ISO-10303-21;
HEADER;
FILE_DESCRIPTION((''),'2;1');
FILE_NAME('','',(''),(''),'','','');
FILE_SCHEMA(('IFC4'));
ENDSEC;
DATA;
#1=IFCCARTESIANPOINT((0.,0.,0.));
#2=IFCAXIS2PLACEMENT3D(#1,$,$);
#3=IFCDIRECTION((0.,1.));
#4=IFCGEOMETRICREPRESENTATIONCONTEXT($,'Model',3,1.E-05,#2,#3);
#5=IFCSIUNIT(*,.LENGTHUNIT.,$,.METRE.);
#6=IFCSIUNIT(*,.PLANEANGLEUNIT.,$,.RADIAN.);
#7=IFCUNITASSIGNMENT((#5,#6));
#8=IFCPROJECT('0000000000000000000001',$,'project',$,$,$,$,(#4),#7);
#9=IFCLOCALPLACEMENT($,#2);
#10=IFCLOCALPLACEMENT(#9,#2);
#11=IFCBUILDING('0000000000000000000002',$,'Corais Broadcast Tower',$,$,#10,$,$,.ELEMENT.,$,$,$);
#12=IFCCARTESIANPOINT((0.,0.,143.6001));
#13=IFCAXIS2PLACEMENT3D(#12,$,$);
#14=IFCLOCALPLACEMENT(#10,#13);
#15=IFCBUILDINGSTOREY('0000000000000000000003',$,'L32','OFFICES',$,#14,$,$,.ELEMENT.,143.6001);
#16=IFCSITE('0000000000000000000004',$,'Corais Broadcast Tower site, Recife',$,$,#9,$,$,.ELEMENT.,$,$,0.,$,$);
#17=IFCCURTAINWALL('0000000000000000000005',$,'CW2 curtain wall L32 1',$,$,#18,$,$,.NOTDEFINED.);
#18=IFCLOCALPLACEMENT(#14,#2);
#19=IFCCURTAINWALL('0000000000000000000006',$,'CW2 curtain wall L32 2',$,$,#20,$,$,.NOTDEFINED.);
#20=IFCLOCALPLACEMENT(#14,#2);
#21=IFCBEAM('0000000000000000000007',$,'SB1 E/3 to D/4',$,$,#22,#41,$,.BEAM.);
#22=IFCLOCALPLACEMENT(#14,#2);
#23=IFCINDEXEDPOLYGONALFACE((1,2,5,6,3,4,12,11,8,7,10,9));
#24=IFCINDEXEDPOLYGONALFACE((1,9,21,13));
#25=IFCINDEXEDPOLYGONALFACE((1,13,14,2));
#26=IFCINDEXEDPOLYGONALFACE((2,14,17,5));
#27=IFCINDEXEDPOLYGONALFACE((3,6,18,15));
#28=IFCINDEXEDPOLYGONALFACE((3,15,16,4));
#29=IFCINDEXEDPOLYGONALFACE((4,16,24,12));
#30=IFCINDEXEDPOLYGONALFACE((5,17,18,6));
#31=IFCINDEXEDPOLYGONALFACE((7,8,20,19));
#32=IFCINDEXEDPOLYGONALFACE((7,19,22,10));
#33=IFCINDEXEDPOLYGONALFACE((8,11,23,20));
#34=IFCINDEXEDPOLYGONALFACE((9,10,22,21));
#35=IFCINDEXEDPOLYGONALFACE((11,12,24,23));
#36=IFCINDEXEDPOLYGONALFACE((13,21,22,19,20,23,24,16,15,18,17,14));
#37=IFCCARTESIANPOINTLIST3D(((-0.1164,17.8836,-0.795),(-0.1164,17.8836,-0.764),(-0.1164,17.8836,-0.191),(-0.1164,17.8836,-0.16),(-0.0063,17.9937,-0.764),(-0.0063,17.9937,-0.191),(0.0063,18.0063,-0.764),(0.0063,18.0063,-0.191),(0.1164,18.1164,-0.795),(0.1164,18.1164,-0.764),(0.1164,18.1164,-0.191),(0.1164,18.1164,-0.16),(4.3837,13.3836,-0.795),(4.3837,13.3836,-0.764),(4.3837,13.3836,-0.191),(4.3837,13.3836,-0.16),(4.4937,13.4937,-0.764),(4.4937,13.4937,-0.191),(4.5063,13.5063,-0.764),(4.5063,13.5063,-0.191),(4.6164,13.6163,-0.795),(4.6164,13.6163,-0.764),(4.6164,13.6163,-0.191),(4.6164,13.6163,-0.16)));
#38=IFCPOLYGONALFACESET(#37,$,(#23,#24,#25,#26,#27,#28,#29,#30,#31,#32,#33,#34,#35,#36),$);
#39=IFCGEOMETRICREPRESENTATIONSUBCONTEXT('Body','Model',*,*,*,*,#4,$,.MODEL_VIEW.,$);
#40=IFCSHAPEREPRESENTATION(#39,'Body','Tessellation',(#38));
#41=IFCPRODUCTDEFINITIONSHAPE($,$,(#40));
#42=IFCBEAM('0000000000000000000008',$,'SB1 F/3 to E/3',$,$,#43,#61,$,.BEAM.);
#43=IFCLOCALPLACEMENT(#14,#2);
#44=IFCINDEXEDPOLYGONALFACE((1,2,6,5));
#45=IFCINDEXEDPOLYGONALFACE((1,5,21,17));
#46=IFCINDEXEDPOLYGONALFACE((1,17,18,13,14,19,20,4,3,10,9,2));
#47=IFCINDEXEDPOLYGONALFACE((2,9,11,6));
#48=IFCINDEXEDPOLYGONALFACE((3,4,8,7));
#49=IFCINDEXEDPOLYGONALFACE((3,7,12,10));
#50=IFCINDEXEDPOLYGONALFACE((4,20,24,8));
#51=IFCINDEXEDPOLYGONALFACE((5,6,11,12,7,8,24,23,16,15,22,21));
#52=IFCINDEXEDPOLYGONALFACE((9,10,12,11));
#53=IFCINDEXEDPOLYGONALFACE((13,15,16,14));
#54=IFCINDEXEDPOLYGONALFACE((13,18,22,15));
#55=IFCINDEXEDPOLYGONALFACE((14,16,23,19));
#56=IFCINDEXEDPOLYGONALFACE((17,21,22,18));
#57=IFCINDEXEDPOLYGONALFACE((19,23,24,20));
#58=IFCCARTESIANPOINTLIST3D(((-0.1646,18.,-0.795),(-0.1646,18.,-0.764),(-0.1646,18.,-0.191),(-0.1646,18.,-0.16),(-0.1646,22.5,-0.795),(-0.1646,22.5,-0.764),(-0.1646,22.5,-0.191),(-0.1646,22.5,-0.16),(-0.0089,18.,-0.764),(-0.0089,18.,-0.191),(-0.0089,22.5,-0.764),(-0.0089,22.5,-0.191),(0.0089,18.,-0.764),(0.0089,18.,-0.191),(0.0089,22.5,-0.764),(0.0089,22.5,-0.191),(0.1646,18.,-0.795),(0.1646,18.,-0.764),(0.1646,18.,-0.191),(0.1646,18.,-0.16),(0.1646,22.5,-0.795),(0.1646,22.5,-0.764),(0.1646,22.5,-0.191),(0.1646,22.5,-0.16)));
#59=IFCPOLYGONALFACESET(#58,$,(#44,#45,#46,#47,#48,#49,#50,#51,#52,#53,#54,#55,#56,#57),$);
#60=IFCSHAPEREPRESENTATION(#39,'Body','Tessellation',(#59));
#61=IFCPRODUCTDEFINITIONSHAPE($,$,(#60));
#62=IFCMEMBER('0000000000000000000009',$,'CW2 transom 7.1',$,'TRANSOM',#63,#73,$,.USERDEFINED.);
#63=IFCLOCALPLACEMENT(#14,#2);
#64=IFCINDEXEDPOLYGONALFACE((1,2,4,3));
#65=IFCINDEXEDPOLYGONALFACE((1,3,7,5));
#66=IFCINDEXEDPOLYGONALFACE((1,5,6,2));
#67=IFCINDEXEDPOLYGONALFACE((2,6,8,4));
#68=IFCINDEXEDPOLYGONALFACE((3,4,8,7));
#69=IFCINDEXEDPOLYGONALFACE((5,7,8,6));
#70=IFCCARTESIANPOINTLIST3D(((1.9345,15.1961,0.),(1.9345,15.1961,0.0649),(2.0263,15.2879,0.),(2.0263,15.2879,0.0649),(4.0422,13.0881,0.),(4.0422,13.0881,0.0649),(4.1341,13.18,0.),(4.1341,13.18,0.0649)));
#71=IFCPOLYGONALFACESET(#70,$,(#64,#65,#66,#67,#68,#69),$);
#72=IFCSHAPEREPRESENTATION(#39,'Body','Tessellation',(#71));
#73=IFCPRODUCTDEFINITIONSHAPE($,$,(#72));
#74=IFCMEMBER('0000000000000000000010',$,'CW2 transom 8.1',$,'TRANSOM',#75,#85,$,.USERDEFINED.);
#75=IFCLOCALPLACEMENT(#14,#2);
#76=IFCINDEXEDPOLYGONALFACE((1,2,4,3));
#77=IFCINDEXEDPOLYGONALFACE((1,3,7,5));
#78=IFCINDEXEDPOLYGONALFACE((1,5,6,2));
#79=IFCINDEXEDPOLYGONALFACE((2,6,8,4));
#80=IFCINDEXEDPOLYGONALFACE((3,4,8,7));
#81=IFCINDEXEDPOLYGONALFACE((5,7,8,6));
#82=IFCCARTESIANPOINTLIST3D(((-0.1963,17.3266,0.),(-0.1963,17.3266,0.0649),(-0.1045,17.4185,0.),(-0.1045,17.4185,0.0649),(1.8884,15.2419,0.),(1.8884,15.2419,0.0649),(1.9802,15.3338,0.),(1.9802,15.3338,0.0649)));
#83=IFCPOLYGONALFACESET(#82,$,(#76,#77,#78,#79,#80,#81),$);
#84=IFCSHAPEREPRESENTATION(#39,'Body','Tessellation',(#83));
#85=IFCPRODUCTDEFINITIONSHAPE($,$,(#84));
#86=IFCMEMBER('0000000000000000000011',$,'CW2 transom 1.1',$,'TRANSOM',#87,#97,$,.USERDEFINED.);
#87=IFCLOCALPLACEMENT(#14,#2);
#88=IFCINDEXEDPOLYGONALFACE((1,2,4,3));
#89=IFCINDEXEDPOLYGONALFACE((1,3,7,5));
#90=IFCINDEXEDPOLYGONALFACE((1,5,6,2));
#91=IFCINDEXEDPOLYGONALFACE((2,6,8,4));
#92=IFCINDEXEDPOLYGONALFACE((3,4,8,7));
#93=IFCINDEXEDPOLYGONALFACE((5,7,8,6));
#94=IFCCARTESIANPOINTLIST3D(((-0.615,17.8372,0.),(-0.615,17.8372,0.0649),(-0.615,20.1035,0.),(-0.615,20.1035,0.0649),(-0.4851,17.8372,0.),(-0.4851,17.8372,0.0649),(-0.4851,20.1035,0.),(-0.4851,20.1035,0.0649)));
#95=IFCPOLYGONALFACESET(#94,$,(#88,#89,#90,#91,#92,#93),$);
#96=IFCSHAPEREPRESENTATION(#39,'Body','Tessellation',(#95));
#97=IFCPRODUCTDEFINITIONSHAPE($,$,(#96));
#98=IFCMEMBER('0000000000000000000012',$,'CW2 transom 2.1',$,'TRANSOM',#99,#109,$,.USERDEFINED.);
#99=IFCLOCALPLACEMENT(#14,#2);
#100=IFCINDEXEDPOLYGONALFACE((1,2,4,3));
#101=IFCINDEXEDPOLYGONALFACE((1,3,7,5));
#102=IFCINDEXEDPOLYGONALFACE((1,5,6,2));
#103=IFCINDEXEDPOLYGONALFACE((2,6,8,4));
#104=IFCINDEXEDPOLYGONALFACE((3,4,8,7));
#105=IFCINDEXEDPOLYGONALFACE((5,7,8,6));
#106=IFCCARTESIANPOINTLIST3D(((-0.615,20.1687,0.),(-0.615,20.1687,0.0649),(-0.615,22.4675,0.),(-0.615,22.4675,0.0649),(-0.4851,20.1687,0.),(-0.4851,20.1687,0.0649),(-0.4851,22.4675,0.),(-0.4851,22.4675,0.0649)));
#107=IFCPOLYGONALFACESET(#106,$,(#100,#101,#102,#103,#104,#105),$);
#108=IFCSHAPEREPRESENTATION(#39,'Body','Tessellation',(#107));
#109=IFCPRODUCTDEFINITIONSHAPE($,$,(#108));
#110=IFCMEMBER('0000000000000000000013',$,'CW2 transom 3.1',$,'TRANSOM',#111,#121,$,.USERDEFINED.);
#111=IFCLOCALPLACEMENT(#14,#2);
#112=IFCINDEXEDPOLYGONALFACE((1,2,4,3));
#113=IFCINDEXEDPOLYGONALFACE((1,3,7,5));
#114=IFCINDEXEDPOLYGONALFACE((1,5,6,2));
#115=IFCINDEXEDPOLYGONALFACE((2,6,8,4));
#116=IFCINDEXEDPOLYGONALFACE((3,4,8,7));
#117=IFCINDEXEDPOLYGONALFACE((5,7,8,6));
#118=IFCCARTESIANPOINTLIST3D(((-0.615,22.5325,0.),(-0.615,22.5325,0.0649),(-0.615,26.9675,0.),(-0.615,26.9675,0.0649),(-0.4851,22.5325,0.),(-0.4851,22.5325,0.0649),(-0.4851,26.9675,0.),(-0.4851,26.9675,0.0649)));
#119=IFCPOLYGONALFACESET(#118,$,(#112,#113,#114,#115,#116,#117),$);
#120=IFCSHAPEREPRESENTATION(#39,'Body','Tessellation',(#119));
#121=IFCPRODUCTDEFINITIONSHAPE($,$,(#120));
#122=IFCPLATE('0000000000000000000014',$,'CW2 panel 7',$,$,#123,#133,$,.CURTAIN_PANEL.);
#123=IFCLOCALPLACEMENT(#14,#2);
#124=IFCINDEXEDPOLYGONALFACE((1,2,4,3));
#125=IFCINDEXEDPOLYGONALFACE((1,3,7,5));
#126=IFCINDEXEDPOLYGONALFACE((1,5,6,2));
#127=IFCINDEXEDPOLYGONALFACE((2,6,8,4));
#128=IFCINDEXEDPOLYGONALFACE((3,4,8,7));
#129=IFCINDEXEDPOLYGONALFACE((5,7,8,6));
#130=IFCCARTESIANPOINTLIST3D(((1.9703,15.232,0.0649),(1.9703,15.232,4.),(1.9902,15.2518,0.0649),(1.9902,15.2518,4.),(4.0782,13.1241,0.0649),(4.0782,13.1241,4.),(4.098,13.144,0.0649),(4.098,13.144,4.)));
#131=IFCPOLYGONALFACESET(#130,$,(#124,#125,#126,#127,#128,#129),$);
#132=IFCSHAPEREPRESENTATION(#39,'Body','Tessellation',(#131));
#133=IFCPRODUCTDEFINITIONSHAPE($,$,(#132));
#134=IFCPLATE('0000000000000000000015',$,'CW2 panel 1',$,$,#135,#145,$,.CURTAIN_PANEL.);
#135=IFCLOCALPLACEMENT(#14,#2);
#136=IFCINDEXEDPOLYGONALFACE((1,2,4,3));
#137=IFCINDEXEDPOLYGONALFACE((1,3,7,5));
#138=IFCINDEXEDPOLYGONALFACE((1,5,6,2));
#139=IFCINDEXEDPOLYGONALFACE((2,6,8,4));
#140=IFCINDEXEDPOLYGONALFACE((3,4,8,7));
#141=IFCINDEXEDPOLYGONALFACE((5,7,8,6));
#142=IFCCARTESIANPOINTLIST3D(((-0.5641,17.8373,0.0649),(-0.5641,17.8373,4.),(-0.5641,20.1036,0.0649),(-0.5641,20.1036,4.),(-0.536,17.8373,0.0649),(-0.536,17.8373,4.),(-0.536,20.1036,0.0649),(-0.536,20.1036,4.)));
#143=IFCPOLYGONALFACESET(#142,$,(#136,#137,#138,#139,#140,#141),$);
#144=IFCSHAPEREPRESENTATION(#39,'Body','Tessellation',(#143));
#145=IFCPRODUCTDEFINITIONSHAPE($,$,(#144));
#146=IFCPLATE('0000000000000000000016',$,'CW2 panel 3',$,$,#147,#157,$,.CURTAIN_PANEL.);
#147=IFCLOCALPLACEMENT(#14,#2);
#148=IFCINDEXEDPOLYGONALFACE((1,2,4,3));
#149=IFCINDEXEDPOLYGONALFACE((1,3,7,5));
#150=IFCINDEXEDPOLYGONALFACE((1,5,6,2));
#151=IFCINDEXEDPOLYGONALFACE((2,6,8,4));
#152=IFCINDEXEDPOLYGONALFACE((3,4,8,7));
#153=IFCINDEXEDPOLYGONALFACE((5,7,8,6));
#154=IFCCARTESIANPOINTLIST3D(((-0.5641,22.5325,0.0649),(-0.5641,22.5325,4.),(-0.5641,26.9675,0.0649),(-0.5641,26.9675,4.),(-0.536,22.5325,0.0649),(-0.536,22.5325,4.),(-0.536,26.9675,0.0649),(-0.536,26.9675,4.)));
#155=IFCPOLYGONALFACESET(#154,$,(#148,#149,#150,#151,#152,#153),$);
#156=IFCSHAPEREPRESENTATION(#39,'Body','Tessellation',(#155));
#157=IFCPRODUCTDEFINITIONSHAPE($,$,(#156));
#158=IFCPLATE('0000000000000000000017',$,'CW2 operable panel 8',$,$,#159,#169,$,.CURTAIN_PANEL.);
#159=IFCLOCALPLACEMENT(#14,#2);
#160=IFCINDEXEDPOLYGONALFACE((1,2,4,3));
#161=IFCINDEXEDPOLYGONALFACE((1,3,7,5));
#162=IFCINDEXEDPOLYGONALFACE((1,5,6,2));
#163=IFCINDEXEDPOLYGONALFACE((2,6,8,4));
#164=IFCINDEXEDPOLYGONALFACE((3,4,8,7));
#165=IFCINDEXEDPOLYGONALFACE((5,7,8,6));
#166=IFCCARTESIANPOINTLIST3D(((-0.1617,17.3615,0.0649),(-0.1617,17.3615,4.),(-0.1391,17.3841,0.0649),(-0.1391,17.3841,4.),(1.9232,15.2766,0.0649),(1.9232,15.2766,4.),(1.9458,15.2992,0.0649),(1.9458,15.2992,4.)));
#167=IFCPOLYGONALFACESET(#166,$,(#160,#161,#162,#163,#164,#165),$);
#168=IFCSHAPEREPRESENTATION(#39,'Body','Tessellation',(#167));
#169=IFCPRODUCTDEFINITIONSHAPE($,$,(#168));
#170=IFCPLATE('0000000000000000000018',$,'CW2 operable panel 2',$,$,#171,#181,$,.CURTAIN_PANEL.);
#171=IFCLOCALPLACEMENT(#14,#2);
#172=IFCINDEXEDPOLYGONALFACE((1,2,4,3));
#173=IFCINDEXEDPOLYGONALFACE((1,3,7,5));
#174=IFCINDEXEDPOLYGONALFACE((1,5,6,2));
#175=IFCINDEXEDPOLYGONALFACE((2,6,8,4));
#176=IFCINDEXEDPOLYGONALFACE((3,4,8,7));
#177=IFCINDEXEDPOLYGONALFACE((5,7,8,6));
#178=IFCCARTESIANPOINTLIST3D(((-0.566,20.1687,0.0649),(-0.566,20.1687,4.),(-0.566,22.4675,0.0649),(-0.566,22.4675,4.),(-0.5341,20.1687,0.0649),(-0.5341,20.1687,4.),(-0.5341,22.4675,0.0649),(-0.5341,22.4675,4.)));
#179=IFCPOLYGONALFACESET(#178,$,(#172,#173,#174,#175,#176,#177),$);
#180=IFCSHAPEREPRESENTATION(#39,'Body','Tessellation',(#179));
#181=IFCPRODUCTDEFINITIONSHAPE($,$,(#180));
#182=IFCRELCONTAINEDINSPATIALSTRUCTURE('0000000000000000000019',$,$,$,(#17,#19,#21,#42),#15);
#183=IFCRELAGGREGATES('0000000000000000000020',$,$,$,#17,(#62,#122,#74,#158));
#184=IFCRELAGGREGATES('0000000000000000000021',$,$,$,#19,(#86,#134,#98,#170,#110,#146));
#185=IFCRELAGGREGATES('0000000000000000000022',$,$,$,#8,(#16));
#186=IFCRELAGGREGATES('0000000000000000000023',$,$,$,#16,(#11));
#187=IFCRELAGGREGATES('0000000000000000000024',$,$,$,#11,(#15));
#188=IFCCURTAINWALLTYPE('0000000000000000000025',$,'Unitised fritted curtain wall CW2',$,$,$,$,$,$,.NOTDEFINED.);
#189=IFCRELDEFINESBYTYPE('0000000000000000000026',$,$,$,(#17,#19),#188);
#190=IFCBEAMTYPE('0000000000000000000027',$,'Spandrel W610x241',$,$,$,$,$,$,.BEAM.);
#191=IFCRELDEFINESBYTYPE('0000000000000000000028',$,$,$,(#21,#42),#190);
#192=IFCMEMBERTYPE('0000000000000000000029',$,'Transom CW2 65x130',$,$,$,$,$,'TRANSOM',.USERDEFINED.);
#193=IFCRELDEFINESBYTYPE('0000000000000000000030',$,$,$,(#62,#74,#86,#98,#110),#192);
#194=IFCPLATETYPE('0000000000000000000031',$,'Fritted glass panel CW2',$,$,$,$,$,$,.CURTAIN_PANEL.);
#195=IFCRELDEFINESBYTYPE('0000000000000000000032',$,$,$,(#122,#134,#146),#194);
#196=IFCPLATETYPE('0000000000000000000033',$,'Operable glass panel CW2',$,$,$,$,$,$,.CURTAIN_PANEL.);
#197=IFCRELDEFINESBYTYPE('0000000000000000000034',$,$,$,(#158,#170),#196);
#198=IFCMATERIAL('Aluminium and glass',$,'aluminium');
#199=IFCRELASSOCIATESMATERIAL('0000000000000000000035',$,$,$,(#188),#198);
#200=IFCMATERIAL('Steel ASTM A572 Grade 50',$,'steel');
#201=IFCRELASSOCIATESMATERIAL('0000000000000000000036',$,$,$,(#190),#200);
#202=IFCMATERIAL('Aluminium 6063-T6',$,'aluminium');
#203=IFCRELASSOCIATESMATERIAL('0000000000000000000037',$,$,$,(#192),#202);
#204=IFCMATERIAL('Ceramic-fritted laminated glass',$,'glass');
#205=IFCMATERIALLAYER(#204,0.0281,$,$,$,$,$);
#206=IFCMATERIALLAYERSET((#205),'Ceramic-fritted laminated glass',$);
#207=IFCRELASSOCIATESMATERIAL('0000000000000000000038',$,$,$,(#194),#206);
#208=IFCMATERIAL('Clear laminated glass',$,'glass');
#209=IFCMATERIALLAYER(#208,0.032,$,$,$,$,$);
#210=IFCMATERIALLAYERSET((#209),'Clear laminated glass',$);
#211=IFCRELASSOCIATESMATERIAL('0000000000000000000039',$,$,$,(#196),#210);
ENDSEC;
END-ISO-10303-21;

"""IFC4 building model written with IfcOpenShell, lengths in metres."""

from ifc_helpers import new_model, si_unit, direction, frame, origin, origin_2d, place, context, subcontext, project, spatial, rectangle, i_section, extrude, material, layer, layer_set, material_profile, profile_set, type_object, element, aggregate, save


model = new_model("IFC4")

# Units and contexts
model_context = context("Model", 3, precision=1e-05, world=origin(), true_north=direction((0.0, 1.0)))
body_context = subcontext(model_context, "Body", "Model", "MODEL_VIEW")
ifc_project = project(units=[si_unit("LENGTHUNIT", "METRE"), si_unit("PLANEANGLEUNIT", "RADIAN")], contexts=[model_context])

# Site, building, storey
site_placement = place(None, origin())
site = spatial("IfcSite", under=ifc_project, at=site_placement, Name="Corais Broadcast Tower site, Recife", CompositionType="ELEMENT", RefElevation=0.0)
building_placement = place(site_placement, origin())
building = spatial("IfcBuilding", under=site, at=building_placement, Name="Corais Broadcast Tower", CompositionType="ELEMENT")
storey_placement = place(building_placement, frame((0.0, 0.0, 143.6001)))
storey = spatial("IfcBuildingStorey", under=building, at=storey_placement, Name="L32", Description="OFFICES", CompositionType="ELEMENT", Elevation=143.6001)

# Curtain walls
ifc_material_1 = material(Name="Aluminium and glass", Category="aluminium")
curtain_wall_type = type_object("IfcCurtainWallType", Name="Unitised fritted curtain wall CW2", PredefinedType="NOTDEFINED", material=ifc_material_1)
curtain_wall_1_placement = place(storey_placement, origin())
curtain_wall_1 = element("IfcCurtainWall", 1, at=curtain_wall_1_placement, inside=storey, type_object=curtain_wall_type, Name="CW2 curtain wall L32 1", PredefinedType="NOTDEFINED")
curtain_wall_2_placement = place(storey_placement, origin())
curtain_wall_2 = element("IfcCurtainWall", 2, at=curtain_wall_2_placement, inside=storey, type_object=curtain_wall_type, Name="CW2 curtain wall L32 2", PredefinedType="NOTDEFINED")

# Beams
ifc_material_2 = material(Name="Steel ASTM A572 Grade 50", Category="steel")
ifc_material_profile_1 = material_profile(ifc_material_2, i_section(OverallWidth=0.3291, OverallDepth=0.635, WebThickness=0.0178, FlangeThickness=0.031, at=origin_2d()), Name="W610x241")
ifc_profile_set_1 = profile_set([ifc_material_profile_1], Name="Steel ASTM A572 Grade 50")
beam_type_1 = type_object("IfcBeamType", Name="Spandrel W610x241", PredefinedType="BEAM", material=ifc_profile_set_1)
beam_1_placement = place(storey_placement, frame((0.0, 18.0, -0.4775), z_axis=(0.707107, -0.707107, 0.0), x_axis=(0.707107, 0.707107, 0.0)))
element("IfcBeam", 3, at=beam_1_placement, inside=storey, type_object=beam_type_1, Name="SB1 E/3 to D/4", PredefinedType="BEAM", context=body_context, shape_type="SweptSolid", body=[
    extrude(i_section(OverallWidth=0.3291, OverallDepth=0.635, WebThickness=0.0178, FlangeThickness=0.031, at=origin_2d()), origin(), (0.0, 0.0, 1.0), 6.364),
])
beam_2_placement = place(storey_placement, frame((0.0, 22.5, -0.4775), z_axis=(0.0, -1.0, 0.0), x_axis=(1.0, 0.0, 0.0)))
element("IfcBeam", 4, at=beam_2_placement, inside=storey, type_object=beam_type_1, Name="SB1 F/3 to E/3", PredefinedType="BEAM", context=body_context, shape_type="SweptSolid", body=[
    extrude(i_section(OverallWidth=0.3291, OverallDepth=0.635, WebThickness=0.0178, FlangeThickness=0.031, at=origin_2d()), origin(), (0.0, 0.0, 1.0), 4.5),
])

# Members
ifc_material_3 = material(Name="Aluminium 6063-T6", Category="aluminium")
ifc_material_profile_2 = material_profile(ifc_material_3, rectangle(XDim=0.1299, YDim=0.0649, at=origin_2d()), Name="Transom CW2 65x130")
ifc_profile_set_2 = profile_set([ifc_material_profile_2], Name="Aluminium 6063-T6")
member_type_1 = type_object("IfcMemberType", Name="Transom CW2 65x130", ElementType="TRANSOM", PredefinedType="USERDEFINED", material=ifc_profile_set_2)
member_1_placement = place(storey_placement, frame((4.0881, 13.134, 0.0325), z_axis=(-0.707066, 0.707148, 0.0), x_axis=(-0.707148, -0.707066, 0.0)))
member_1 = element("IfcMember", 5, at=member_1_placement, type_object=member_type_1, Name="CW2 transom 7.1", ObjectType="TRANSOM", PredefinedType="USERDEFINED", context=body_context, shape_type="SweptSolid", body=[
    extrude(rectangle(XDim=0.1299, YDim=0.0649, at=origin_2d()), origin(), (0.0, 0.0, 1.0), 2.981),
])
member_2_placement = place(storey_placement, frame((1.9343, 15.2878, 0.0325), z_axis=(-0.707107, 0.707107, 0.0), x_axis=(-0.707107, -0.707107, 0.0)))
member_2 = element("IfcMember", 6, at=member_2_placement, type_object=member_type_1, Name="CW2 transom 8.1", ObjectType="TRANSOM", PredefinedType="USERDEFINED", context=body_context, shape_type="SweptSolid", body=[
    extrude(rectangle(XDim=0.1299, YDim=0.0649, at=origin_2d()), origin(), (0.0, 0.0, 1.0), 2.9482),
])
member_3_placement = place(storey_placement, frame((-0.55, 17.8372, 0.0325), z_axis=(0.0, 1.0, 0.0), x_axis=(-1.0, 0.0, 0.0)))
member_3 = element("IfcMember", 7, at=member_3_placement, type_object=member_type_1, Name="CW2 transom 1.1", ObjectType="TRANSOM", PredefinedType="USERDEFINED", context=body_context, shape_type="SweptSolid", body=[
    extrude(rectangle(XDim=0.1299, YDim=0.0649, at=origin_2d()), origin(), (0.0, 0.0, 1.0), 2.2664),
])
member_4_placement = place(storey_placement, frame((-0.55, 20.1687, 0.0325), z_axis=(0.0, 1.0, 0.0), x_axis=(-1.0, 0.0, 0.0)))
member_4 = element("IfcMember", 8, at=member_4_placement, type_object=member_type_1, Name="CW2 transom 2.1", ObjectType="TRANSOM", PredefinedType="USERDEFINED", context=body_context, shape_type="SweptSolid", body=[
    extrude(rectangle(XDim=0.1299, YDim=0.0649, at=origin_2d()), origin(), (0.0, 0.0, 1.0), 2.2988),
])
member_5_placement = place(storey_placement, frame((-0.55, 22.5325, 0.0325), z_axis=(0.0, 1.0, 0.0), x_axis=(-1.0, 0.0, 0.0)))
member_5 = element("IfcMember", 9, at=member_5_placement, type_object=member_type_1, Name="CW2 transom 3.1", ObjectType="TRANSOM", PredefinedType="USERDEFINED", context=body_context, shape_type="SweptSolid", body=[
    extrude(rectangle(XDim=0.1299, YDim=0.0649, at=origin_2d()), origin(), (0.0, 0.0, 1.0), 4.4351),
])

# Plates
ifc_material_4 = material(Name="Ceramic-fritted laminated glass", Category="glass")
ifc_layer_1 = layer(ifc_material_4, 0.0281)
ifc_layer_set_1 = layer_set([ifc_layer_1], Name="Ceramic-fritted laminated glass")
plate_type_1 = type_object("IfcPlateType", Name="Fritted glass panel CW2", PredefinedType="CURTAIN_PANEL", material=ifc_layer_set_1)
plate_1_placement = place(storey_placement, frame((3.0342, 14.188, 0.0649), z_axis=(0.0, 0.0, 1.0), x_axis=(-0.707107, 0.707107, 0.0)))
plate_1 = element("IfcPlate", 10, at=plate_1_placement, type_object=plate_type_1, Name="CW2 panel 7", PredefinedType="CURTAIN_PANEL", context=body_context, shape_type="SweptSolid", body=[
    extrude(rectangle(XDim=2.981, YDim=0.0281, at=origin_2d()), origin(), (0.0, 0.0, 1.0), 3.9351),
])
plate_2_placement = place(storey_placement, frame((-0.55, 18.9705, 0.0649), z_axis=(0.0, 0.0, 1.0), x_axis=(0.0, 1.0, 0.0)))
plate_2 = element("IfcPlate", 11, at=plate_2_placement, type_object=plate_type_1, Name="CW2 panel 1", PredefinedType="CURTAIN_PANEL", context=body_context, shape_type="SweptSolid", body=[
    extrude(rectangle(XDim=2.2664, YDim=0.0281, at=origin_2d()), origin(), (0.0, 0.0, 1.0), 3.9351),
])
plate_3_placement = place(storey_placement, frame((-0.55, 24.75, 0.0649), z_axis=(0.0, 0.0, 1.0), x_axis=(0.0, 1.0, 0.0)))
plate_3 = element("IfcPlate", 12, at=plate_3_placement, type_object=plate_type_1, Name="CW2 panel 3", PredefinedType="CURTAIN_PANEL", context=body_context, shape_type="SweptSolid", body=[
    extrude(rectangle(XDim=4.4351, YDim=0.0281, at=origin_2d()), origin(), (0.0, 0.0, 1.0), 3.9351),
])
ifc_material_5 = material(Name="Clear laminated glass", Category="glass")
ifc_layer_2 = layer(ifc_material_5, 0.032)
ifc_layer_set_2 = layer_set([ifc_layer_2], Name="Clear laminated glass")
plate_type_2 = type_object("IfcPlateType", Name="Operable glass panel CW2", PredefinedType="CURTAIN_PANEL", material=ifc_layer_set_2)
plate_4_placement = place(storey_placement, frame((0.8921, 16.3303, 0.0649), z_axis=(0.0, 0.0, 1.0), x_axis=(-0.707107, 0.707107, 0.0)))
plate_4 = element("IfcPlate", 13, at=plate_4_placement, type_object=plate_type_2, Name="CW2 operable panel 8", PredefinedType="CURTAIN_PANEL", context=body_context, shape_type="SweptSolid", body=[
    extrude(rectangle(XDim=2.9485, YDim=0.032, at=origin_2d()), origin(), (0.0, 0.0, 1.0), 3.9351),
])
aggregate(curtain_wall_1, [member_1, plate_1, member_2, plate_4])
plate_5_placement = place(storey_placement, frame((-0.55, 21.3181, 0.0649), z_axis=(0.0, 0.0, 1.0), x_axis=(0.0, 1.0, 0.0)))
plate_5 = element("IfcPlate", 14, at=plate_5_placement, type_object=plate_type_2, Name="CW2 operable panel 2", PredefinedType="CURTAIN_PANEL", context=body_context, shape_type="SweptSolid", body=[
    extrude(rectangle(XDim=2.2988, YDim=0.032, at=origin_2d()), origin(), (0.0, 0.0, 1.0), 3.9351),
])
aggregate(curtain_wall_2, [member_3, plate_2, member_4, plate_5, member_5, plate_3])

save(model, "model.ifc")
